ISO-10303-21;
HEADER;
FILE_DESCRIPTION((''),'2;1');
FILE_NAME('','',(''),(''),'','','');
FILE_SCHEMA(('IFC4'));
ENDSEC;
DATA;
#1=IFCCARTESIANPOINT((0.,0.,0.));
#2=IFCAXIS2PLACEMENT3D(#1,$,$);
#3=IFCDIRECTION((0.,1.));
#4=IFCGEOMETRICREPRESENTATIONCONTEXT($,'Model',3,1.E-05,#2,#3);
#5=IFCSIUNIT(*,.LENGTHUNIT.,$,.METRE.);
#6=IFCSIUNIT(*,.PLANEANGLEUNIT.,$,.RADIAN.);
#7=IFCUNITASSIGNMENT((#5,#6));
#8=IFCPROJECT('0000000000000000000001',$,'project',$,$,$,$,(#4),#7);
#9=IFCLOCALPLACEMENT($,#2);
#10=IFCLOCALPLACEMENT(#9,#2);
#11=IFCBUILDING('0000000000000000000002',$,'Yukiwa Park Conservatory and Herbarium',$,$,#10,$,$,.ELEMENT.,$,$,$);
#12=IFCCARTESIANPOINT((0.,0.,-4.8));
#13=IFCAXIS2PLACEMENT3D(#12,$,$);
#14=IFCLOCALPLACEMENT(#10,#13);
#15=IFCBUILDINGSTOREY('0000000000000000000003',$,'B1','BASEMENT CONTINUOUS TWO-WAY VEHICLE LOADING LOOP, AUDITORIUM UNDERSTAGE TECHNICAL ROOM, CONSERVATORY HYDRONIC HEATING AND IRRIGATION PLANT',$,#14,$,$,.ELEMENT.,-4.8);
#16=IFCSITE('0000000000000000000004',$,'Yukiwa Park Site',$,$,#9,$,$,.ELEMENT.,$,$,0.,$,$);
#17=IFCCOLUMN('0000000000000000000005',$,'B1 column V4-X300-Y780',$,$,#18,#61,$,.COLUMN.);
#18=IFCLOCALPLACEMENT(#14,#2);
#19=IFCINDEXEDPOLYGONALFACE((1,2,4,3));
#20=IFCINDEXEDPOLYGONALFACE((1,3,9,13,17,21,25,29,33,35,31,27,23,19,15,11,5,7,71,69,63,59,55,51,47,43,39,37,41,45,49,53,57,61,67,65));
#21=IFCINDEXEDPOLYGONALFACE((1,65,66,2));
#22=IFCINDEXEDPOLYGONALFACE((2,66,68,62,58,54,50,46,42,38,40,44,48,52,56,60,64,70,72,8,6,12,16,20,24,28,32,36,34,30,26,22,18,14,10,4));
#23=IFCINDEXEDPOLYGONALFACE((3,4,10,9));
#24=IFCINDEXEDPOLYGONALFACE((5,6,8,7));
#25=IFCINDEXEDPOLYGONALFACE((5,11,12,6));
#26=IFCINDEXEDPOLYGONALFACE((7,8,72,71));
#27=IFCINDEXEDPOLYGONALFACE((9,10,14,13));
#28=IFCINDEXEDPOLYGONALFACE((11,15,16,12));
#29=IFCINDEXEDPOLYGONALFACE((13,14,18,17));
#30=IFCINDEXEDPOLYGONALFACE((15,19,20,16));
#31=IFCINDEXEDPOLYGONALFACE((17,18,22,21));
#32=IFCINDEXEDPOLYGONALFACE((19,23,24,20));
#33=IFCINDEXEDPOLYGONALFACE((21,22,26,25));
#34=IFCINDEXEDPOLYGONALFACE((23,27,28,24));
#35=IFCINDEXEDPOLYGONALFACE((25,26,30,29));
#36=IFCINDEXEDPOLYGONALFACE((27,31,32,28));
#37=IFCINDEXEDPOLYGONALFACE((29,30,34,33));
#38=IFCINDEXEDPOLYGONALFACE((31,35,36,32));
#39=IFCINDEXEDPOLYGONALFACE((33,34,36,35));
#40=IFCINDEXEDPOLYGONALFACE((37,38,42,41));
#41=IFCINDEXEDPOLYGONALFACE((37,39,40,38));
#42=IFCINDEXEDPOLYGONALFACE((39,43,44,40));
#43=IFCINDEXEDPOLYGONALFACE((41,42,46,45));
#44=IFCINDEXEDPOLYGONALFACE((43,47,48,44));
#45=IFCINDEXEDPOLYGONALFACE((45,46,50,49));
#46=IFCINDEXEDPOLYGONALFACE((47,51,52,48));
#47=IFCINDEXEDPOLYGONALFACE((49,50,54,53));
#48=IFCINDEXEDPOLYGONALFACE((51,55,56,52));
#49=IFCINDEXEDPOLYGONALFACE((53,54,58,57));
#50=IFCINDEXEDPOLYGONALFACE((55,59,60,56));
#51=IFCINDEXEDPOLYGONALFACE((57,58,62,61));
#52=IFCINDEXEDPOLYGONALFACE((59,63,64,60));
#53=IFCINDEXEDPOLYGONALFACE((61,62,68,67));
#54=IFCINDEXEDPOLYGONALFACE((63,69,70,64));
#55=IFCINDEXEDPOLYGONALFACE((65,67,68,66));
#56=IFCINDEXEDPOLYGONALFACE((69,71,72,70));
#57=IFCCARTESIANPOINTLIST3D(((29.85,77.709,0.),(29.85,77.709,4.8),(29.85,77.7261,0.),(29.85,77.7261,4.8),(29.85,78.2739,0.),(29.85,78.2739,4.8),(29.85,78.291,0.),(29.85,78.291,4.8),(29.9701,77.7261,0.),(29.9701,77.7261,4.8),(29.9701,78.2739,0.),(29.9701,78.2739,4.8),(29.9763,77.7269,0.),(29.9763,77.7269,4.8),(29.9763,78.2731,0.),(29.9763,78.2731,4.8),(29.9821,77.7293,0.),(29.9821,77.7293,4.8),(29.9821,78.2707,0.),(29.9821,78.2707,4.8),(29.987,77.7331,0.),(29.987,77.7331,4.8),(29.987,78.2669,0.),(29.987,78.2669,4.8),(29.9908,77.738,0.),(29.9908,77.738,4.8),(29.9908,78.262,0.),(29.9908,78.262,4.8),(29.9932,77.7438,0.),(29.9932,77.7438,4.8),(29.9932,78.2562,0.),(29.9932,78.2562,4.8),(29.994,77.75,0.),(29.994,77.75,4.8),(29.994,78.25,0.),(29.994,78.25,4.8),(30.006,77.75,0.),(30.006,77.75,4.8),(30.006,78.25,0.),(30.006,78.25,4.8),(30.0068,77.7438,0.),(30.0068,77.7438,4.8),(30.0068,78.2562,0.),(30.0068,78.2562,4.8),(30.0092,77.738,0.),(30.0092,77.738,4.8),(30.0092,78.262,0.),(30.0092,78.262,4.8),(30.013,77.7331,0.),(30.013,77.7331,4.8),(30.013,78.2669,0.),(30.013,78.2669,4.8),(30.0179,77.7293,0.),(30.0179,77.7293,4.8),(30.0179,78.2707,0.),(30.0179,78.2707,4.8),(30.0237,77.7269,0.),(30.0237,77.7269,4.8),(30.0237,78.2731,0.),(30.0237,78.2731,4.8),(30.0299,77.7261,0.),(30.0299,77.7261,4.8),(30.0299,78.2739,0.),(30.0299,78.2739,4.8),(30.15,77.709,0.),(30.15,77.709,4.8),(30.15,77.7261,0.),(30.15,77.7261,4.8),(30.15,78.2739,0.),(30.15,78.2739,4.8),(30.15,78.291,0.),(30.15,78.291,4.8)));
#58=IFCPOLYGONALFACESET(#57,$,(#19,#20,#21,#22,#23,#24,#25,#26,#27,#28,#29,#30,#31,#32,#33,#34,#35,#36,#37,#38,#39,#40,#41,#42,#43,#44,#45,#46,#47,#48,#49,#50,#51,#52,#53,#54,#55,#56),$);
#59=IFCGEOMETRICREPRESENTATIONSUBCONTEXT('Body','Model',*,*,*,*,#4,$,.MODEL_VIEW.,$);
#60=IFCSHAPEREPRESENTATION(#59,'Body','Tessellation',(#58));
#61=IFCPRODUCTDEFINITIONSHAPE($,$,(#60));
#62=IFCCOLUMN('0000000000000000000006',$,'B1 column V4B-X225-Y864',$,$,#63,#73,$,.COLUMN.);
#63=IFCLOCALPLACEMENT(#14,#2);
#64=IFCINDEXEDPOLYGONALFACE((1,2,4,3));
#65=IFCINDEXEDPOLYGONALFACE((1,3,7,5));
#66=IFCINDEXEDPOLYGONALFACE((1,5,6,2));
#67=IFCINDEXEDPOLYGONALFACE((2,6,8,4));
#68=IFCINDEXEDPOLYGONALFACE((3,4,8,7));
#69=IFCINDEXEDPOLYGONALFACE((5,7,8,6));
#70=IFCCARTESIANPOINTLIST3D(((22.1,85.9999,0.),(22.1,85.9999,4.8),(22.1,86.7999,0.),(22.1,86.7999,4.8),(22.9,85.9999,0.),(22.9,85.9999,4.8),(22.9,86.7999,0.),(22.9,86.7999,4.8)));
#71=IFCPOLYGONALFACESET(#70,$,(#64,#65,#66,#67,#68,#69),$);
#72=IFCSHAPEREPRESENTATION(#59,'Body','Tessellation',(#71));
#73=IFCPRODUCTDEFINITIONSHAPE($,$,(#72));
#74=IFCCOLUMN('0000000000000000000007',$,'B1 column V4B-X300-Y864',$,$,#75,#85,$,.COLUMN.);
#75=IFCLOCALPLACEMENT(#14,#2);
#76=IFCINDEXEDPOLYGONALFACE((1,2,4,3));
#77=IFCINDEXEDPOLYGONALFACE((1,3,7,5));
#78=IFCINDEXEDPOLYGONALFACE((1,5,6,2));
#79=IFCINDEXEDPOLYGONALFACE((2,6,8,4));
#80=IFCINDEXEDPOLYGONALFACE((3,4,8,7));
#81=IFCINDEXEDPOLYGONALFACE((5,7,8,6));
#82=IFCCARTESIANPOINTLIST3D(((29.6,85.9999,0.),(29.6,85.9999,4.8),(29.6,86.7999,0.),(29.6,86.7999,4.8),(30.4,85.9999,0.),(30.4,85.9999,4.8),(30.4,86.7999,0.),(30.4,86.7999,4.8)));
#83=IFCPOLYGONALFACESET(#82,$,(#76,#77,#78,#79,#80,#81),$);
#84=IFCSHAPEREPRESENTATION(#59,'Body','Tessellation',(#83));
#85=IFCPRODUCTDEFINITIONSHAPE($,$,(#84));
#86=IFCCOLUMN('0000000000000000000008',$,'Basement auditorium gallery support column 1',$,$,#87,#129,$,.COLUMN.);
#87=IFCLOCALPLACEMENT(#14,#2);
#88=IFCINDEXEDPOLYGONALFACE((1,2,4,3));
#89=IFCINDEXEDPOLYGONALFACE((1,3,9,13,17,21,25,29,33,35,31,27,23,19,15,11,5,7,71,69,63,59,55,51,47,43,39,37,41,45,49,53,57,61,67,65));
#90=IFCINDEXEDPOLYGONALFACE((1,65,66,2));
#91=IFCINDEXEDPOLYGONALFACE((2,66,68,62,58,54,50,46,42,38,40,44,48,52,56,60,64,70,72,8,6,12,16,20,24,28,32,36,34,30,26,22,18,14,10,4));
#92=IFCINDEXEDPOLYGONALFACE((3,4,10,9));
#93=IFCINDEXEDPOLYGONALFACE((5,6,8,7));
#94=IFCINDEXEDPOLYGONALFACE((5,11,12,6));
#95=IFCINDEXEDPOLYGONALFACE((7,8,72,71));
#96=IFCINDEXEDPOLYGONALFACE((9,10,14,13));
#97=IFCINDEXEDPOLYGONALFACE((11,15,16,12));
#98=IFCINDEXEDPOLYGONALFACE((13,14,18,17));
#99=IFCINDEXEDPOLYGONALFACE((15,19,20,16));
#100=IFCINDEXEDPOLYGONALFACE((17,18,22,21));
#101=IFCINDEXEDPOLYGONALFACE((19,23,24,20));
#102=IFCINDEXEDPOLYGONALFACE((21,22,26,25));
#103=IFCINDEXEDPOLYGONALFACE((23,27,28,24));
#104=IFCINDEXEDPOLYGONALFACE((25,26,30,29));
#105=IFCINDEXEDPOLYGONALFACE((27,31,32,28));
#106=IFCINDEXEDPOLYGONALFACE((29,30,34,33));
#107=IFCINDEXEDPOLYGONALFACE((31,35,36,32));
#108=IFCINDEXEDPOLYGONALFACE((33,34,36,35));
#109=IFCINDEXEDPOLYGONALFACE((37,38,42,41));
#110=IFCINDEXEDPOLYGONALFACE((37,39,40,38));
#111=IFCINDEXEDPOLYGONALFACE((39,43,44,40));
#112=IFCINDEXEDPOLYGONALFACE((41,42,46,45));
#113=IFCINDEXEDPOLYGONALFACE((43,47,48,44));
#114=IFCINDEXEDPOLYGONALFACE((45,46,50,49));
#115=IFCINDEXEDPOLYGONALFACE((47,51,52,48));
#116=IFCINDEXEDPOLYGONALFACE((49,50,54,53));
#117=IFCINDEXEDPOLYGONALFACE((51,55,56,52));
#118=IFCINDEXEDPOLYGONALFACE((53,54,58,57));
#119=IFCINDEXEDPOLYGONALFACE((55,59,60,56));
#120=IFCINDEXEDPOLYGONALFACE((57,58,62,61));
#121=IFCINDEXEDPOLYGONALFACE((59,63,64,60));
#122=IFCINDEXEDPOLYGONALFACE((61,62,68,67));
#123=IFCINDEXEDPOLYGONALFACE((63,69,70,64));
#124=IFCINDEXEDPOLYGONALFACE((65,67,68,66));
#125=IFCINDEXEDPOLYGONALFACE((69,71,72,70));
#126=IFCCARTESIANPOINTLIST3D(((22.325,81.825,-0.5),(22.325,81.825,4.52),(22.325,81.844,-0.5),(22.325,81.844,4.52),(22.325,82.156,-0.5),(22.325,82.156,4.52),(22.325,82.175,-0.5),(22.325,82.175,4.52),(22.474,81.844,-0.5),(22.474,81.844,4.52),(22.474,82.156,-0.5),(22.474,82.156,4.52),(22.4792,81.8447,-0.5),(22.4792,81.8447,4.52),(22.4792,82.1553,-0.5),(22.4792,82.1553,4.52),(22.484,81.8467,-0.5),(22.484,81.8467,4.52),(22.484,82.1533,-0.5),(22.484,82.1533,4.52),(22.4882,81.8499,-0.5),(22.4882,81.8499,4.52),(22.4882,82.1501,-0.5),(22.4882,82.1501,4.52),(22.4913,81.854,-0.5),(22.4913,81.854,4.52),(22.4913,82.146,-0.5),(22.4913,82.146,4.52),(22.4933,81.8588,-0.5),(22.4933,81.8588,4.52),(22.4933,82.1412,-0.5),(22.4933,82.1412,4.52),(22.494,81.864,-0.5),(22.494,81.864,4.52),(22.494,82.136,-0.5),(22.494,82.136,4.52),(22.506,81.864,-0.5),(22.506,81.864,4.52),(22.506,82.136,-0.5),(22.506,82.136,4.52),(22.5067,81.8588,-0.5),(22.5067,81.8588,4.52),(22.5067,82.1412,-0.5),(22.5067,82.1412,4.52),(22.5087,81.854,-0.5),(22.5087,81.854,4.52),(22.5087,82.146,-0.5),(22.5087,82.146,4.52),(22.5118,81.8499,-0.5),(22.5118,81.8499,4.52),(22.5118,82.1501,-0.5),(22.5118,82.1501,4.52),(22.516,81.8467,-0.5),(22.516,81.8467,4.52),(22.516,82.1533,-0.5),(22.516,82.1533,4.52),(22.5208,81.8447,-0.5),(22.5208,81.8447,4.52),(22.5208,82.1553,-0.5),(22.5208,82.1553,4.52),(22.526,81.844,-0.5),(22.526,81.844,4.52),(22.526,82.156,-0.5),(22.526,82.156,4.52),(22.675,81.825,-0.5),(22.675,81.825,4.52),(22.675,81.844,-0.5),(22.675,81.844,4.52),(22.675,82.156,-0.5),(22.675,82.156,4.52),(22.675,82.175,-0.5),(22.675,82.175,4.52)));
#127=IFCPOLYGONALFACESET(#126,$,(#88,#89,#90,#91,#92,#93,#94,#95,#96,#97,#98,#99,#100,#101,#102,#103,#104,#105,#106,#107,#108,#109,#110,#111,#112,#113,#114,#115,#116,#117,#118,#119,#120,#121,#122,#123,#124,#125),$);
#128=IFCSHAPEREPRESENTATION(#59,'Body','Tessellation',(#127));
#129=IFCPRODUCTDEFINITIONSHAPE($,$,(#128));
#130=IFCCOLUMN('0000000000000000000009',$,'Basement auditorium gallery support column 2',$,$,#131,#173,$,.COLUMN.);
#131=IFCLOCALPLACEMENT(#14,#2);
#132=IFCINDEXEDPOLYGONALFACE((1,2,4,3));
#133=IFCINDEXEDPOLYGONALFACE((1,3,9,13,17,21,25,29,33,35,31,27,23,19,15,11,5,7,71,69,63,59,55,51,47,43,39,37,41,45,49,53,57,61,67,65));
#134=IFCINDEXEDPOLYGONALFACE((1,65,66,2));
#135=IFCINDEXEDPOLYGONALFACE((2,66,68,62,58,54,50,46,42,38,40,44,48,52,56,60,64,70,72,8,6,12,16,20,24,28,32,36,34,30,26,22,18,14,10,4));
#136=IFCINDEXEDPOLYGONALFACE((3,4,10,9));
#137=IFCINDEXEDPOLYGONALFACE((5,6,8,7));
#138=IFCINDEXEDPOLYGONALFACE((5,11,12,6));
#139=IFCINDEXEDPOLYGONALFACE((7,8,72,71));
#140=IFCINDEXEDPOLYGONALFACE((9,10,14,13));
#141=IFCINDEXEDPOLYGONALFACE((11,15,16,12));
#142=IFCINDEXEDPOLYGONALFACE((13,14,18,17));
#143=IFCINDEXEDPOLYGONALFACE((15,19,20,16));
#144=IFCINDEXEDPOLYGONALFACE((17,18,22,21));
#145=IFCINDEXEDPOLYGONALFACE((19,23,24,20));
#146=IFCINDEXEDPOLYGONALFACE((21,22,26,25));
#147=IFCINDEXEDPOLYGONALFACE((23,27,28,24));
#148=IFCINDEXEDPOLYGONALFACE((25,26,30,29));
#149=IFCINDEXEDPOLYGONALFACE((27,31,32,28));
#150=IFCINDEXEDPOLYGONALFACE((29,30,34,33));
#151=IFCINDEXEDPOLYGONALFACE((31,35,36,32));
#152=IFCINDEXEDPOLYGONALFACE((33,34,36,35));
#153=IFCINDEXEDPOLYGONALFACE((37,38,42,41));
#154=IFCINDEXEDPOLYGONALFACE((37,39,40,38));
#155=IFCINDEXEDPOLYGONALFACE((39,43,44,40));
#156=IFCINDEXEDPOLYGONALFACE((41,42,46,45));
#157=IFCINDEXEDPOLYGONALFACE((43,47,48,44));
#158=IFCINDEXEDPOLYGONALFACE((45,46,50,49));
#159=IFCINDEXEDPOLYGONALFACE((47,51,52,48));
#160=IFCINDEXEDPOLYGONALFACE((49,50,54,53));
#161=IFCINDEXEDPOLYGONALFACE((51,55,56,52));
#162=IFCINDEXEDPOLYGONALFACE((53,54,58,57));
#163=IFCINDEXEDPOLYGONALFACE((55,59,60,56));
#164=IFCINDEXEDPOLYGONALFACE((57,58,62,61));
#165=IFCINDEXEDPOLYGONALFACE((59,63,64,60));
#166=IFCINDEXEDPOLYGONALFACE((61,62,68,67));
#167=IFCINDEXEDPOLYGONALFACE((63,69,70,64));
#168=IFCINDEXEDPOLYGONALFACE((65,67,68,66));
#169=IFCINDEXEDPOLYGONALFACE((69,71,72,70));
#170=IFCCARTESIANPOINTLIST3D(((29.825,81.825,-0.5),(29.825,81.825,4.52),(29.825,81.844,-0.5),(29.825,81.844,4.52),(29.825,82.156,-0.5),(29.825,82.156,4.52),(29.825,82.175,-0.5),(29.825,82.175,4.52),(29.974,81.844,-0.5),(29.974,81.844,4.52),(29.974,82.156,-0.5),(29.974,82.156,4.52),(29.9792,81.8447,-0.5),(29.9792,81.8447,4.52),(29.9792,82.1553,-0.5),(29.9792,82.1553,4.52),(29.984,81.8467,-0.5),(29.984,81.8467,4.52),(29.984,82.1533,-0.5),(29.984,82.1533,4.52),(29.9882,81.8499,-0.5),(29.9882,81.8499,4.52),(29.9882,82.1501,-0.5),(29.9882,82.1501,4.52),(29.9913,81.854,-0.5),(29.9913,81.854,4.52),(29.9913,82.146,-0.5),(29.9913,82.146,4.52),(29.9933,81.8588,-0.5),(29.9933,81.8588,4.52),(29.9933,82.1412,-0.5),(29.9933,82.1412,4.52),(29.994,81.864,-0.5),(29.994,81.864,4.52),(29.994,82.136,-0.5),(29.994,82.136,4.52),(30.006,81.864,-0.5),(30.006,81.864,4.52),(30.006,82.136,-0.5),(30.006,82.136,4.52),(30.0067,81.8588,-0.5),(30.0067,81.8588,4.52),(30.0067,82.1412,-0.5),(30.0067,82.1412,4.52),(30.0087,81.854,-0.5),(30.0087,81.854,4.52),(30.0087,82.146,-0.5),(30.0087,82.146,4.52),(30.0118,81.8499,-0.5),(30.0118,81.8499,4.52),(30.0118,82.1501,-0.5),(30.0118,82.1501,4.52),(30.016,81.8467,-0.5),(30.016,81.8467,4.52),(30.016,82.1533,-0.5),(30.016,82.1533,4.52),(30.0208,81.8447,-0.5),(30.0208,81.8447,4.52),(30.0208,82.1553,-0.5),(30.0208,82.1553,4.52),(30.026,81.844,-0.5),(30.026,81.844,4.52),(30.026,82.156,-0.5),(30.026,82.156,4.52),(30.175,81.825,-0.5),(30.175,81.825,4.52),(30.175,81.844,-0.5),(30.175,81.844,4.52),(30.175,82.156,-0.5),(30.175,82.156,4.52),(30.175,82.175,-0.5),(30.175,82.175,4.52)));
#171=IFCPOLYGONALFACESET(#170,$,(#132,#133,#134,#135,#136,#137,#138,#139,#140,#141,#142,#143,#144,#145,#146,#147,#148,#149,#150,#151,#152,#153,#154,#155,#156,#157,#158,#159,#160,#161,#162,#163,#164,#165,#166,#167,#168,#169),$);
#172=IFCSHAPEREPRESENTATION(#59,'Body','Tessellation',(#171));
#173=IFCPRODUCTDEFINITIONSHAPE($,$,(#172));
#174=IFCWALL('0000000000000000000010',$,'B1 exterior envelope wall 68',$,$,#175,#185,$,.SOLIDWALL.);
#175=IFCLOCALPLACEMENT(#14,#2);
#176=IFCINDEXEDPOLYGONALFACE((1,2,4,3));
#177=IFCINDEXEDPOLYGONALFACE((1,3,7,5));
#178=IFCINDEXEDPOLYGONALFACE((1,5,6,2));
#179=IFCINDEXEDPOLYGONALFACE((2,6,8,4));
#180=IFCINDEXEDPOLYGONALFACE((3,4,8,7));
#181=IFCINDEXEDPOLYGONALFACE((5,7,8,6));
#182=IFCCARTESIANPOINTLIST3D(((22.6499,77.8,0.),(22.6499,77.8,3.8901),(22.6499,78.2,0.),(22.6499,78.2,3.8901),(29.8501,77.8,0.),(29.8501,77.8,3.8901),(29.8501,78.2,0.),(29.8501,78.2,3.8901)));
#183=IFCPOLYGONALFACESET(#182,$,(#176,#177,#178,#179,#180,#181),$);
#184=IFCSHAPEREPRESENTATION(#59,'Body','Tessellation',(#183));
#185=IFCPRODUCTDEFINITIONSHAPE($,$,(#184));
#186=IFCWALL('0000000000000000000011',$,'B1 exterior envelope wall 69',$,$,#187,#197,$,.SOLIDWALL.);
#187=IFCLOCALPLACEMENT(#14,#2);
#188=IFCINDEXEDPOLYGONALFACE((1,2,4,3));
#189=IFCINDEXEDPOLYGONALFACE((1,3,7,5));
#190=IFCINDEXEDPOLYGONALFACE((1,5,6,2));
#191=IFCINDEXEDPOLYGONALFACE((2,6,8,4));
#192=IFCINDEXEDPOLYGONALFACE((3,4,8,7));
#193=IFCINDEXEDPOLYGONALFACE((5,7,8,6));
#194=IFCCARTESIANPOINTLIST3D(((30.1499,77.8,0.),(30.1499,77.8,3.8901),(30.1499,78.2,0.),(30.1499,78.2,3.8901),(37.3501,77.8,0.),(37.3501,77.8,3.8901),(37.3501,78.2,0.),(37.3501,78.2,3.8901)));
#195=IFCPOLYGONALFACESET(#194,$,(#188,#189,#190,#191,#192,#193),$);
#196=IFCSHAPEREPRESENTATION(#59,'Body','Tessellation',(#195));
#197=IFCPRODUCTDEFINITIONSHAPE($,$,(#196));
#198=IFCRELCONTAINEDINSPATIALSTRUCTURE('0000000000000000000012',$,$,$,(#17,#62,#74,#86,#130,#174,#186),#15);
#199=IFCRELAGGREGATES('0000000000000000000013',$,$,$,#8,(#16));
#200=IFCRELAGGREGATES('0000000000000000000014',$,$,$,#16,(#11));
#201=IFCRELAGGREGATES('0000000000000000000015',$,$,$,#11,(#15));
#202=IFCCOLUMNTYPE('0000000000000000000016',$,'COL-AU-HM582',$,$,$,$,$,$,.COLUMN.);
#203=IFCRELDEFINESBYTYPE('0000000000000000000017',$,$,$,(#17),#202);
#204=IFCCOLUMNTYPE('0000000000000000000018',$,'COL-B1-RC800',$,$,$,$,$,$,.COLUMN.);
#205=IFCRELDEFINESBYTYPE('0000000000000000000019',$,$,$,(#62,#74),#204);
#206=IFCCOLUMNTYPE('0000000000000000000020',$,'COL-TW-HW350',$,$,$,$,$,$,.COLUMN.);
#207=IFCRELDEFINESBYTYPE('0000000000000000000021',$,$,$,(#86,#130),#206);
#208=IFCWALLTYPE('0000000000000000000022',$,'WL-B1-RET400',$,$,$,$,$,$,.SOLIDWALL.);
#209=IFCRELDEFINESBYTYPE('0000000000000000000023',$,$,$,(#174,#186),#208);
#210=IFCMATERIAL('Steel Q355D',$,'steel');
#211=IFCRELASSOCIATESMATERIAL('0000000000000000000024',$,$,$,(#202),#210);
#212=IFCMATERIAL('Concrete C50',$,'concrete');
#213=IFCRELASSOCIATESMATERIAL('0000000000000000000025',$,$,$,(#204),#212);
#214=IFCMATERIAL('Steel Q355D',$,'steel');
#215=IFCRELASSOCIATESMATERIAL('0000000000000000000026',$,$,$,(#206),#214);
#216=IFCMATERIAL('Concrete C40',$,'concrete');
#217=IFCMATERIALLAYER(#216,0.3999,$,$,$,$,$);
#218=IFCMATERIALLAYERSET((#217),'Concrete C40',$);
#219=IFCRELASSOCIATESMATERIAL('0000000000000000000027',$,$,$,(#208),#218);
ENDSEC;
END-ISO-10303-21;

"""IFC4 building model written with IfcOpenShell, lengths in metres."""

from ifc_helpers import new_model, si_unit, direction, frame, frame_2d, origin, origin_2d, place, context, subcontext, project, spatial, rectangle, i_section, extrude, material, layer, layer_set, material_profile, profile_set, type_object, element, save


model = new_model("IFC4")

# Units and contexts
model_context = context("Model", 3, precision=1e-05, world=origin(), true_north=direction((0.0, 1.0)))
body_context = subcontext(model_context, "Body", "Model", "MODEL_VIEW")
ifc_project = project(units=[si_unit("LENGTHUNIT", "METRE"), si_unit("PLANEANGLEUNIT", "RADIAN")], contexts=[model_context])

# Site, building, storey
site_placement = place(None, origin())
site = spatial("IfcSite", under=ifc_project, at=site_placement, Name="Yukiwa Park Site", CompositionType="ELEMENT", RefElevation=0.0)
building_placement = place(site_placement, origin())
building = spatial("IfcBuilding", under=site, at=building_placement, Name="Yukiwa Park Conservatory and Herbarium", CompositionType="ELEMENT")
storey_placement = place(building_placement, frame((0.0, 0.0, -4.8)))
storey = spatial("IfcBuildingStorey", under=building, at=storey_placement, Name="B1", Description="BASEMENT CONTINUOUS TWO-WAY VEHICLE LOADING LOOP, AUDITORIUM UNDERSTAGE TECHNICAL ROOM, CONSERVATORY HYDRONIC HEATING AND IRRIGATION PLANT", CompositionType="ELEMENT", Elevation=-4.8)

# Columns
ifc_material_1 = material(Name="Steel Q355D", Category="steel")
ifc_material_profile_1 = material_profile(ifc_material_1, i_section(OverallWidth=0.3, OverallDepth=0.582, WebThickness=0.012, FlangeThickness=0.0171, FilletRadius=0.0239, at=origin_2d()), Name="HM 582x300x12x17")
ifc_profile_set_1 = profile_set([ifc_material_profile_1], Name="Steel Q355D")
column_type_1 = type_object("IfcColumnType", Name="COL-AU-HM582", PredefinedType="COLUMN", material=ifc_profile_set_1)
for number, where, z_axis, x_axis, name in (
    (1, (30.0, 78.0, 0.0), (0.0, 0.0, 1.0), (1.0, 0.0, 0.0), "B1 column V4-X300-Y780"),
):
    element("IfcColumn", number, at=place(storey_placement, frame(where, z_axis=z_axis, x_axis=x_axis)), inside=storey, type_object=column_type_1, Name=name, PredefinedType="COLUMN", context=body_context, shape_type="SweptSolid", body=[
        extrude(i_section(OverallWidth=0.3, OverallDepth=0.582, WebThickness=0.012, FlangeThickness=0.0171, FilletRadius=0.0239, at=origin_2d()), origin(), (0.0, 0.0, 1.0), 4.8),
    ])
ifc_material_2 = material(Name="Concrete C50", Category="concrete")
ifc_material_profile_2 = material_profile(ifc_material_2, rectangle(XDim=0.8, YDim=0.8, at=origin_2d()), Name="RC 800x800")
ifc_profile_set_2 = profile_set([ifc_material_profile_2], Name="Concrete C50")
column_type_2 = type_object("IfcColumnType", Name="COL-B1-RC800", PredefinedType="COLUMN", material=ifc_profile_set_2)
for number, where, z_axis, x_axis, name in (
    (2, (22.5, 86.3999, 0.0), (0.0, 0.0, 1.0), (1.0, 0.0, 0.0), "B1 column V4B-X225-Y864"),
    (3, (30.0, 86.3999, 0.0), (0.0, 0.0, 1.0), (1.0, 0.0, 0.0), "B1 column V4B-X300-Y864"),
):
    element("IfcColumn", number, at=place(storey_placement, frame(where, z_axis=z_axis, x_axis=x_axis)), inside=storey, type_object=column_type_2, Name=name, PredefinedType="COLUMN", context=body_context, shape_type="SweptSolid", body=[
        extrude(rectangle(XDim=0.8, YDim=0.8, at=origin_2d()), origin(), (0.0, 0.0, 1.0), 4.8),
    ])
ifc_material_3 = material(Name="Steel Q355D", Category="steel")
ifc_material_profile_3 = material_profile(ifc_material_3, i_section(OverallWidth=0.3501, OverallDepth=0.3501, WebThickness=0.012, FlangeThickness=0.019, FilletRadius=0.02, at=origin_2d()), Name="HW 350x350x12x19")
ifc_profile_set_3 = profile_set([ifc_material_profile_3], Name="Steel Q355D")
column_type_3 = type_object("IfcColumnType", Name="COL-TW-HW350", PredefinedType="COLUMN", material=ifc_profile_set_3)
for number, where, z_axis, x_axis, name in (
    (4, (22.5, 82.0, -0.5), (0.0, 0.0, 1.0), (1.0, 0.0, 0.0), "Basement auditorium gallery support column 1"),
    (5, (30.0, 82.0, -0.5), (0.0, 0.0, 1.0), (1.0, 0.0, 0.0), "Basement auditorium gallery support column 2"),
):
    element("IfcColumn", number, at=place(storey_placement, frame(where, z_axis=z_axis, x_axis=x_axis)), inside=storey, type_object=column_type_3, Name=name, PredefinedType="COLUMN", context=body_context, shape_type="SweptSolid", body=[
        extrude(i_section(OverallWidth=0.3501, OverallDepth=0.3501, WebThickness=0.012, FlangeThickness=0.019, FilletRadius=0.02, at=origin_2d()), origin(), (0.0, 0.0, 1.0), 5.02),
    ])

# Walls
ifc_material_4 = material(Name="Concrete C40", Category="concrete")
ifc_layer_1 = layer(ifc_material_4, 0.3999)
ifc_layer_set_1 = layer_set([ifc_layer_1], Name="Concrete C40")
wall_type_1 = type_object("IfcWallType", Name="WL-B1-RET400", PredefinedType="SOLIDWALL", material=ifc_layer_set_1)
for number, where, z_axis, x_axis, name in (
    (6, (22.6499, 78.0, 0.0), (0.0, 0.0, 1.0), (1.0, 0.0, 0.0), "B1 exterior envelope wall 68"),
    (7, (30.1499, 78.0, 0.0), (0.0, 0.0, 1.0), (1.0, 0.0, 0.0), "B1 exterior envelope wall 69"),
):
    element("IfcWall", number, at=place(storey_placement, frame(where, z_axis=z_axis, x_axis=x_axis)), inside=storey, type_object=wall_type_1, Name=name, PredefinedType="SOLIDWALL", context=body_context, shape_type="SweptSolid", body=[
        extrude(rectangle(XDim=7.2002, YDim=0.3999, at=frame_2d((3.6001, 0.0))), origin(), (0.0, 0.0, 1.0), 3.8901),
    ])

save(model, "model.ifc")
